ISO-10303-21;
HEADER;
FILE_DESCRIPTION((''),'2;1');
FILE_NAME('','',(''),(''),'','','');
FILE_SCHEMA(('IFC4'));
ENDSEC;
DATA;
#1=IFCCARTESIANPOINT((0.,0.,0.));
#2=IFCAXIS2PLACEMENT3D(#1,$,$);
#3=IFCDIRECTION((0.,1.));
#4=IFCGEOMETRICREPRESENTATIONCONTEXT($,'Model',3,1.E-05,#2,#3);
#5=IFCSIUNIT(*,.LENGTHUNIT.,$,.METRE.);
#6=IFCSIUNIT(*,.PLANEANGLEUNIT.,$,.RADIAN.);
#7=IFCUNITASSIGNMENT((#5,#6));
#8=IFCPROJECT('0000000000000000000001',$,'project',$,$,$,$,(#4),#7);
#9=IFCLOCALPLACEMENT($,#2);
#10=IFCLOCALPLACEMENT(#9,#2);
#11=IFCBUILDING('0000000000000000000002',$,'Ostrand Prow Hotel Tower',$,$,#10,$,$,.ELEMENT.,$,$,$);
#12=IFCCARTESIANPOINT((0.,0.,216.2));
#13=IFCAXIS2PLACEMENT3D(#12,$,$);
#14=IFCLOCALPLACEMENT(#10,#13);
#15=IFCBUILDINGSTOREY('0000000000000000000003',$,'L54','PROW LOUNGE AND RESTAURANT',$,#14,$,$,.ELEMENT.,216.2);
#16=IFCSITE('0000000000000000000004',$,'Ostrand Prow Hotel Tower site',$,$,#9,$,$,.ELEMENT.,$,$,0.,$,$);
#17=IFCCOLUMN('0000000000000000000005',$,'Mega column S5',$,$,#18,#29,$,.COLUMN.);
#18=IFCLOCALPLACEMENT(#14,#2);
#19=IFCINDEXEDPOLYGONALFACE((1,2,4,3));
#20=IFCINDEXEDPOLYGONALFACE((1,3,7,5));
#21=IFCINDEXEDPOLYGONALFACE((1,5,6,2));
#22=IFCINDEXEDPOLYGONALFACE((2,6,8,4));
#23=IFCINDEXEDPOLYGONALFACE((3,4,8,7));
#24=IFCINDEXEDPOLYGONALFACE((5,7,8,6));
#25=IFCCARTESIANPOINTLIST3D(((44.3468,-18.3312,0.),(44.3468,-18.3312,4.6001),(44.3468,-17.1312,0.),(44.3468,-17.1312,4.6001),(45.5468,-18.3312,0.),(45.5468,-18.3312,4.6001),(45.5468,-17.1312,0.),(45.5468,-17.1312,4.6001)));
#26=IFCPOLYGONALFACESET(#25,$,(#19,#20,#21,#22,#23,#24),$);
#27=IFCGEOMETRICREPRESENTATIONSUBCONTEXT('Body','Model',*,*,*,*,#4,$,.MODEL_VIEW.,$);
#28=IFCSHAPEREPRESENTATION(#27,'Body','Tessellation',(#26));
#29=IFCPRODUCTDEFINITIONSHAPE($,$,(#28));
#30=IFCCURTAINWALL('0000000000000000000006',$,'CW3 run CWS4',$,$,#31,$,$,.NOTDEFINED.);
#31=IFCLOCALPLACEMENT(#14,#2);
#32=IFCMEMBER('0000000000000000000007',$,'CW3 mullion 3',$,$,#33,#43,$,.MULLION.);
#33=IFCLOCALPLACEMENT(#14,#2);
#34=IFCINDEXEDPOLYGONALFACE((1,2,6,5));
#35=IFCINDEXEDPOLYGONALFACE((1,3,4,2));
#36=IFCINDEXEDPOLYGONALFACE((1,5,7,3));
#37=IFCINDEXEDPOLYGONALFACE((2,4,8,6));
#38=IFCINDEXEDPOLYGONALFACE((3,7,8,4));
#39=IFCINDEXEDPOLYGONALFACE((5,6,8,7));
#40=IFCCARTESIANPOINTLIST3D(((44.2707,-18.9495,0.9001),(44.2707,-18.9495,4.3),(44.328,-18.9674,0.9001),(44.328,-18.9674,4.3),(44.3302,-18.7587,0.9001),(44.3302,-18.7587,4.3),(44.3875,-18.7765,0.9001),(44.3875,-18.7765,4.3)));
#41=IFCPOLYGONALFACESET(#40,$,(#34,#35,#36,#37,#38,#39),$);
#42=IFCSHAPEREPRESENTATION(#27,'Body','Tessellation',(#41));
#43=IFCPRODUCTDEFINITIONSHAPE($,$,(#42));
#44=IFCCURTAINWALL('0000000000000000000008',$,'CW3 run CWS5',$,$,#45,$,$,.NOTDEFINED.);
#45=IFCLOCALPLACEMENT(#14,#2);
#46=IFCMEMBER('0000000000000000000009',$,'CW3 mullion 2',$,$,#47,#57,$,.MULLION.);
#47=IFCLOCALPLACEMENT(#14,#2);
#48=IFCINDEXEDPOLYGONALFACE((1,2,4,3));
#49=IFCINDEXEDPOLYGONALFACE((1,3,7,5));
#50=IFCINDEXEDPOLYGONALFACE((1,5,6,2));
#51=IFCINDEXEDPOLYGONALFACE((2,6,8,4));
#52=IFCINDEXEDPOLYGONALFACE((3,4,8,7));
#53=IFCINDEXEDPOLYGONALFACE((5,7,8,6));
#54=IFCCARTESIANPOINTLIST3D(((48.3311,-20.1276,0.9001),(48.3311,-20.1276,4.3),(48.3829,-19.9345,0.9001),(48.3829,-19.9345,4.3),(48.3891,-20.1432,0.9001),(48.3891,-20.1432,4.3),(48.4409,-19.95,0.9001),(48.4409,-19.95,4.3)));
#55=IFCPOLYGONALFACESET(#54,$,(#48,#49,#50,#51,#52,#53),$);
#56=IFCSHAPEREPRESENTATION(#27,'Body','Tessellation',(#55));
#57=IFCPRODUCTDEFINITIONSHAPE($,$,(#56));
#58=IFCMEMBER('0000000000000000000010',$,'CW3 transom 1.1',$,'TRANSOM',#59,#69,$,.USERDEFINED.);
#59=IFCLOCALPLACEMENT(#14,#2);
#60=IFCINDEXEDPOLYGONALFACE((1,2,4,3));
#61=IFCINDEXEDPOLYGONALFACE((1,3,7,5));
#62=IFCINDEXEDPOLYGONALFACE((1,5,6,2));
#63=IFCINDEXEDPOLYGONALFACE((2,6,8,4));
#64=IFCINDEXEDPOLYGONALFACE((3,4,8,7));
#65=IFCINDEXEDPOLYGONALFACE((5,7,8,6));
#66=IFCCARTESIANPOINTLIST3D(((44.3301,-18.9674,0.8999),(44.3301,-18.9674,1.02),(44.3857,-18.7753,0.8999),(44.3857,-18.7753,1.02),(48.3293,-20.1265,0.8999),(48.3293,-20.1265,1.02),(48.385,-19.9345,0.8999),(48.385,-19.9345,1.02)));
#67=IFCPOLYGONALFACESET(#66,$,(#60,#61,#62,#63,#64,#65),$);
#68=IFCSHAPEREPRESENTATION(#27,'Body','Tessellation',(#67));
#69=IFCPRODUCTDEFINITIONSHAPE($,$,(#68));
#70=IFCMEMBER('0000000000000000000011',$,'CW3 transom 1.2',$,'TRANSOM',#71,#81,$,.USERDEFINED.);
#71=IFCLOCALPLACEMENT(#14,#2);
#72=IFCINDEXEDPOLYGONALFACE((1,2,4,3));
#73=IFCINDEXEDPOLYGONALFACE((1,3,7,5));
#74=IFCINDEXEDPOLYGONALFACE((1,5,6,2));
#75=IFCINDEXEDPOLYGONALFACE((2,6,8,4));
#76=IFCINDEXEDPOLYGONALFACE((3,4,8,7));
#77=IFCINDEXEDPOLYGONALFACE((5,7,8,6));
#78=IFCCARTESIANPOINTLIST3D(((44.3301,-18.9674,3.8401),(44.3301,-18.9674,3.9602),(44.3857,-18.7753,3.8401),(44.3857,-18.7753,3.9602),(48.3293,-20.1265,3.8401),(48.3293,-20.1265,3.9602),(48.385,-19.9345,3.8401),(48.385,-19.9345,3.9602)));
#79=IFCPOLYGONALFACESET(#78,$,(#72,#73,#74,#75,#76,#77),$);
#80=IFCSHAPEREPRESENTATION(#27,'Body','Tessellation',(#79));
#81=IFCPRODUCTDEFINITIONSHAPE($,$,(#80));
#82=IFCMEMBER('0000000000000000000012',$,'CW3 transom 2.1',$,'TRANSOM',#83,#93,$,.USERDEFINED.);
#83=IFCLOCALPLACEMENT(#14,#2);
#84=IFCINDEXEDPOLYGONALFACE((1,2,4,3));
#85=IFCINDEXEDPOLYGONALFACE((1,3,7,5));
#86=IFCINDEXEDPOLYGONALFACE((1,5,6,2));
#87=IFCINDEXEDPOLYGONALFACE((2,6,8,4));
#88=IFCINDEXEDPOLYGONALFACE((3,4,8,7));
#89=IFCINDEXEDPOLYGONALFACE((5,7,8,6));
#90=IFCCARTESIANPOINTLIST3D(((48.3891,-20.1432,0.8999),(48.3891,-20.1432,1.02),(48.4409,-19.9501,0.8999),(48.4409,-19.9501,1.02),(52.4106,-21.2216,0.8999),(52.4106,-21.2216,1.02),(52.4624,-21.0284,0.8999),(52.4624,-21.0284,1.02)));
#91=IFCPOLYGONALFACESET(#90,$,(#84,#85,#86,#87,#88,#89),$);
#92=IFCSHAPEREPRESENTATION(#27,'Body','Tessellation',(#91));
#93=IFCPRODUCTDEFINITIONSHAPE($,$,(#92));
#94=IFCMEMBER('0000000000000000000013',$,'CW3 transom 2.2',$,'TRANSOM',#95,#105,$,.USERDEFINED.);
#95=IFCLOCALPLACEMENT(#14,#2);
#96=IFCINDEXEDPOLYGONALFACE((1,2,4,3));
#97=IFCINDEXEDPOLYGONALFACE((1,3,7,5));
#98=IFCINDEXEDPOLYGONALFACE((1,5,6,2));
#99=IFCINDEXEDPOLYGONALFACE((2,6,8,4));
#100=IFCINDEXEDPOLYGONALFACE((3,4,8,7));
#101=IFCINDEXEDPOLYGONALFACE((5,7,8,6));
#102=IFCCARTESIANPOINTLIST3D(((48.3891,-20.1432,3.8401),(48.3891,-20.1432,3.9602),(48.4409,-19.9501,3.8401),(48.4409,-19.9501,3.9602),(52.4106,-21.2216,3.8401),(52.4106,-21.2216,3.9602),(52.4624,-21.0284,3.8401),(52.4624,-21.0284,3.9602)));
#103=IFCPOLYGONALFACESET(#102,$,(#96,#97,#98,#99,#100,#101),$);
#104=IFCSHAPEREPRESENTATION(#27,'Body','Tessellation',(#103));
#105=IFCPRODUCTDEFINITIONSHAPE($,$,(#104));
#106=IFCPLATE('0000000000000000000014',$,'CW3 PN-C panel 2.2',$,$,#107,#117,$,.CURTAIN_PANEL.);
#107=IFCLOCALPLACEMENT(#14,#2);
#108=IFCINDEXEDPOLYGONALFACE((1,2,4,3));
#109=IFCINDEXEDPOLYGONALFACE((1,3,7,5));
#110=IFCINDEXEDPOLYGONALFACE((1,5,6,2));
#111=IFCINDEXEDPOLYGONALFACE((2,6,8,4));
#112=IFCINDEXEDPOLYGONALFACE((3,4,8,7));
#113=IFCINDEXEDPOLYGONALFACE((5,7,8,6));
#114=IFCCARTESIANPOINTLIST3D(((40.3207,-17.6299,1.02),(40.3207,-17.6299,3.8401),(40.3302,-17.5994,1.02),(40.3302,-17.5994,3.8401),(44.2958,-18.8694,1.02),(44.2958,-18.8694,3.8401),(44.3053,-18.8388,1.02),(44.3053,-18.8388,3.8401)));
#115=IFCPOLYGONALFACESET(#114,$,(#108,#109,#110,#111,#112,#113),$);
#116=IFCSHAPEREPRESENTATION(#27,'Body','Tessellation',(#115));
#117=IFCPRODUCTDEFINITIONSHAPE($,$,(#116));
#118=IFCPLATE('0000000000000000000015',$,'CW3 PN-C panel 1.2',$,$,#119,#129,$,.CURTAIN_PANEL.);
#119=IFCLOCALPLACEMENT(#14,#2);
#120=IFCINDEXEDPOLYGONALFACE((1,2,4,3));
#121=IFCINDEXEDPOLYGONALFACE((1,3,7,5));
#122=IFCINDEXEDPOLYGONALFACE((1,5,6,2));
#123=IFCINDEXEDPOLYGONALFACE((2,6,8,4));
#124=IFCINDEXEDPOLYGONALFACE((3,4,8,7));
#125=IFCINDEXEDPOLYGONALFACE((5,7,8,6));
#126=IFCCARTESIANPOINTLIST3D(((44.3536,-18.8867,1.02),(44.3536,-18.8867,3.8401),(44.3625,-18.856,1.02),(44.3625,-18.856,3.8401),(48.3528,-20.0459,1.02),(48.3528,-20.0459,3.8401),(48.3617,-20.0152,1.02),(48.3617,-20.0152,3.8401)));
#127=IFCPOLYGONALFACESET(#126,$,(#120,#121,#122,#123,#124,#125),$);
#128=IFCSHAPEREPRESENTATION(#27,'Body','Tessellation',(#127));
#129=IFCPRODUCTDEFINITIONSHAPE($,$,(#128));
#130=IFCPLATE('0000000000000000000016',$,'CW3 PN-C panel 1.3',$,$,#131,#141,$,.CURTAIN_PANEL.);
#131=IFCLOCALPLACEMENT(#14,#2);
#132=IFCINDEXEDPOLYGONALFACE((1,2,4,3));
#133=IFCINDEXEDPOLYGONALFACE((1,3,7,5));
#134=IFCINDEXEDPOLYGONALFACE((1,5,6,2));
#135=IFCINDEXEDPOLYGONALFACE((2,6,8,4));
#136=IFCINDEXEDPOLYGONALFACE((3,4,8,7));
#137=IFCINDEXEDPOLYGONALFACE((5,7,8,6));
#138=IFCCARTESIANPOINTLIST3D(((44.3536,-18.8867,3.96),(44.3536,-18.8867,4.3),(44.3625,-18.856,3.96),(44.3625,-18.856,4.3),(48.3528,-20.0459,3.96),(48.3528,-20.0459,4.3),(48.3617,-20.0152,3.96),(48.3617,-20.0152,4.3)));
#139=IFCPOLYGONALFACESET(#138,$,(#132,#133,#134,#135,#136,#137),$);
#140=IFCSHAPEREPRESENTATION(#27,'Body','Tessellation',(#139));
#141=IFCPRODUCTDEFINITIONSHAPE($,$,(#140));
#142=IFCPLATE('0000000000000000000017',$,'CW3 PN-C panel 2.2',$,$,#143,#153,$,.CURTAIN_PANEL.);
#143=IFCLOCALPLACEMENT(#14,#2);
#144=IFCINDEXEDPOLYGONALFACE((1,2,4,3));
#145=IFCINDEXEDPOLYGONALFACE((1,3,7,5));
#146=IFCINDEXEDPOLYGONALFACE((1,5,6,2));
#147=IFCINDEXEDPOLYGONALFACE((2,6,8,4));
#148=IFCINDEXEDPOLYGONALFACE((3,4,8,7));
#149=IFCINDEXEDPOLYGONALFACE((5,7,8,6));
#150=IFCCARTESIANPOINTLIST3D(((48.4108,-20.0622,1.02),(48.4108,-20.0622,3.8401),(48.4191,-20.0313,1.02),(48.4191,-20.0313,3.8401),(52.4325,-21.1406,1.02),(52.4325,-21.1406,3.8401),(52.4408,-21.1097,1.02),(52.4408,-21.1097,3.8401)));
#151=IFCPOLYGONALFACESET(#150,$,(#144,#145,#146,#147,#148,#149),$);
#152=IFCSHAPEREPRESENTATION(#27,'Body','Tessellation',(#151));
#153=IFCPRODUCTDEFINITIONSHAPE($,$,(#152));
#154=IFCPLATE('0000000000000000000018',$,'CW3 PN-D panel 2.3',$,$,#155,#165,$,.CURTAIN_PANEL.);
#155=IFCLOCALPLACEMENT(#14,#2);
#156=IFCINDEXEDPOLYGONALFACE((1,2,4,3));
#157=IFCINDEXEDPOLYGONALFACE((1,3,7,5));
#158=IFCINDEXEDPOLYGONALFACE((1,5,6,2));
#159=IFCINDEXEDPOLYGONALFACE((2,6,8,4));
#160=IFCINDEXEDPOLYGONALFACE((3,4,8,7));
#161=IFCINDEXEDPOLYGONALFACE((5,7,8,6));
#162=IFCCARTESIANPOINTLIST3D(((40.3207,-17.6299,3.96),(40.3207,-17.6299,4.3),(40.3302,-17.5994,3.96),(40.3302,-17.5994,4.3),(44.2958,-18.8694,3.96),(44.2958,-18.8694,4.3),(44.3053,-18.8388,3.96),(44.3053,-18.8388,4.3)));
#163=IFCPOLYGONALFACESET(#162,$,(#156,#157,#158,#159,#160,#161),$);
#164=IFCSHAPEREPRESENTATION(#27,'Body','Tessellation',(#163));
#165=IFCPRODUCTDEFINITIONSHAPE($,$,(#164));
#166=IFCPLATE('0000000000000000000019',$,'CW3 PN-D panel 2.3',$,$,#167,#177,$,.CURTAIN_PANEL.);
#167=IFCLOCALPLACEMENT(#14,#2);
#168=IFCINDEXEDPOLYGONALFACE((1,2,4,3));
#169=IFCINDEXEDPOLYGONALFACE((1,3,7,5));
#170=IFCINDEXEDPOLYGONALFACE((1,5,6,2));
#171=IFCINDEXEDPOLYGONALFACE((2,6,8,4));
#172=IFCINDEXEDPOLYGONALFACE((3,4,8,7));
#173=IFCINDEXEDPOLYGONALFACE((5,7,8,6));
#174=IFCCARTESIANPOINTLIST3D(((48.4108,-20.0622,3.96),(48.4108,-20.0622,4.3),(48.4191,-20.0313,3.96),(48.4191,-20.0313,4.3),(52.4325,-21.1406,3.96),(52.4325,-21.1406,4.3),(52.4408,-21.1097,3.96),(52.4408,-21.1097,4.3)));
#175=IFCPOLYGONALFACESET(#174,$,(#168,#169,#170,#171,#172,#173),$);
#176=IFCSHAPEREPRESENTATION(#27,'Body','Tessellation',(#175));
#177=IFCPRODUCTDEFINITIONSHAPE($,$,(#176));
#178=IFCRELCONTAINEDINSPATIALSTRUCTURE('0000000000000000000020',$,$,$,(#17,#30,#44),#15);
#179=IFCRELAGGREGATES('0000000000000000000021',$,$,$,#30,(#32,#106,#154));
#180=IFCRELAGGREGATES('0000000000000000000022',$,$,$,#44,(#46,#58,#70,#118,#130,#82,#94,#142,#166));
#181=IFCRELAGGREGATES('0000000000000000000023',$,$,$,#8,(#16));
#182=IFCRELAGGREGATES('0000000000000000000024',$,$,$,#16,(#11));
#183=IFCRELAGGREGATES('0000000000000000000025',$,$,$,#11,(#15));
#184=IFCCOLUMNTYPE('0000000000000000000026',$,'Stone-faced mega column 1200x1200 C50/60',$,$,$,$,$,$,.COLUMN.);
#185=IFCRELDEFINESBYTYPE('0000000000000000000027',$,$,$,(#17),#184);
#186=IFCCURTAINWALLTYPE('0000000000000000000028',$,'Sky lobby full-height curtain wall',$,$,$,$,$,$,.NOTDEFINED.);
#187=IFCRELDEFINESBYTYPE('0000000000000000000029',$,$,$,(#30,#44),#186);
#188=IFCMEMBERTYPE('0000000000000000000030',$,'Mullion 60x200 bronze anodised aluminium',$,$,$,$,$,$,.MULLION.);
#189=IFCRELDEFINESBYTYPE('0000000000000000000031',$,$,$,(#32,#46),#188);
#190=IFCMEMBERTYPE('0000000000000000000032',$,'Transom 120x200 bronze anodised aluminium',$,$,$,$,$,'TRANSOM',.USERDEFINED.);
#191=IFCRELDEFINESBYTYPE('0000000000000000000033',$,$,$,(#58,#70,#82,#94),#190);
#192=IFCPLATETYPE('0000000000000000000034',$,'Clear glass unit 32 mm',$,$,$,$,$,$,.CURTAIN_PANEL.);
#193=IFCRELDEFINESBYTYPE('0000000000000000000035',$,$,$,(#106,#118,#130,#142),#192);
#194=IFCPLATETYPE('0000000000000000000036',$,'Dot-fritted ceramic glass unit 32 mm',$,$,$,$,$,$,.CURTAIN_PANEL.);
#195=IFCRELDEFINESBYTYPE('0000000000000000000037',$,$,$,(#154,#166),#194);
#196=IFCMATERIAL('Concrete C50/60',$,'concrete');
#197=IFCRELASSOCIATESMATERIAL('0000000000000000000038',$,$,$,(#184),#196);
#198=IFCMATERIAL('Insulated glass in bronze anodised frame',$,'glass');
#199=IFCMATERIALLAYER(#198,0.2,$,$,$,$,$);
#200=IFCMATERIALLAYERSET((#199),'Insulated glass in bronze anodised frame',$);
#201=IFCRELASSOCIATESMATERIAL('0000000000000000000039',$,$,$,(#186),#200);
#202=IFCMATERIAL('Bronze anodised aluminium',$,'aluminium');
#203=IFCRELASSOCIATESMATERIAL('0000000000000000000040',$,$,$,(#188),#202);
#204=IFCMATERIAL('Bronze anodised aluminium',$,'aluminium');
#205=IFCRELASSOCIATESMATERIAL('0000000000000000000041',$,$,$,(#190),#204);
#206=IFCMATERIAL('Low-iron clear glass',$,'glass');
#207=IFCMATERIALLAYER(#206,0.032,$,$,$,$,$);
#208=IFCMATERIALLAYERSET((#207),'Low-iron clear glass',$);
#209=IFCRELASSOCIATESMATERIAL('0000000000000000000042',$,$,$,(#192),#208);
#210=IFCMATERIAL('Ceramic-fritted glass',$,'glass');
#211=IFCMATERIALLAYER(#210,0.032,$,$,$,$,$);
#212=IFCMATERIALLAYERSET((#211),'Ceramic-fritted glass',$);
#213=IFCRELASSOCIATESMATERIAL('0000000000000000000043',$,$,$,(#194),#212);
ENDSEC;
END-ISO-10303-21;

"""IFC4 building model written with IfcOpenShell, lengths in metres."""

from ifc_helpers import new_model, si_unit, direction, frame, origin, origin_2d, place, context, subcontext, project, spatial, rectangle, extrude, material, layer, layer_set, material_profile, profile_set, type_object, element, aggregate, save


model = new_model("IFC4")

# Units and contexts
model_context = context("Model", 3, precision=1e-05, world=origin(), true_north=direction((0.0, 1.0)))
body_context = subcontext(model_context, "Body", "Model", "MODEL_VIEW")
ifc_project = project(units=[si_unit("LENGTHUNIT", "METRE"), si_unit("PLANEANGLEUNIT", "RADIAN")], contexts=[model_context])

# Site, building, storey
site_placement = place(None, origin())
site = spatial("IfcSite", under=ifc_project, at=site_placement, Name="Ostrand Prow Hotel Tower site", CompositionType="ELEMENT", RefElevation=0.0)
building_placement = place(site_placement, origin())
building = spatial("IfcBuilding", under=site, at=building_placement, Name="Ostrand Prow Hotel Tower", CompositionType="ELEMENT")
storey_placement = place(building_placement, frame((0.0, 0.0, 216.2)))
storey = spatial("IfcBuildingStorey", under=building, at=storey_placement, Name="L54", Description="PROW LOUNGE AND RESTAURANT", CompositionType="ELEMENT", Elevation=216.2)

# Column
ifc_material_1 = material(Name="Concrete C50/60", Category="concrete")
ifc_material_profile_1 = material_profile(ifc_material_1, rectangle(XDim=1.2, YDim=1.2, at=origin_2d()), Name="RC 1200x1200")
ifc_profile_set_1 = profile_set([ifc_material_profile_1], Name="Concrete C50/60")
column_type = type_object("IfcColumnType", Name="Stone-faced mega column 1200x1200 C50/60", PredefinedType="COLUMN", material=ifc_profile_set_1)
column_placement = place(storey_placement, frame((44.9468, -17.7312, 0.0), z_axis=(0.0, 0.0, 1.0), x_axis=(1.0, 0.0, 0.0)))
element("IfcColumn", 1, at=column_placement, inside=storey, type_object=column_type, Name="Mega column S5", PredefinedType="COLUMN", context=body_context, shape_type="SweptSolid", body=[
    extrude(rectangle(XDim=1.2, YDim=1.2, at=origin_2d()), origin(), (0.0, 0.0, 1.0), 4.6001),
])

# Curtain wall, member
ifc_material_2 = material(Name="Insulated glass in bronze anodised frame", Category="glass")
ifc_layer_1 = layer(ifc_material_2, 0.2)
ifc_layer_set_1 = layer_set([ifc_layer_1], Name="Insulated glass in bronze anodised frame")
curtain_wall_type = type_object("IfcCurtainWallType", Name="Sky lobby full-height curtain wall", PredefinedType="NOTDEFINED", material=ifc_layer_set_1)
curtain_wall_1_placement = place(storey_placement, origin())
curtain_wall_1 = element("IfcCurtainWall", 2, at=curtain_wall_1_placement, inside=storey, type_object=curtain_wall_type, Name="CW3 run CWS4", PredefinedType="NOTDEFINED")
ifc_material_3 = material(Name="Bronze anodised aluminium", Category="aluminium")
ifc_material_profile_2 = material_profile(ifc_material_3, rectangle(XDim=0.2, YDim=0.0601, at=origin_2d()), Name="Mullion 60x200 bronze anodised aluminium")
ifc_profile_set_2 = profile_set([ifc_material_profile_2], Name="Bronze anodised aluminium")
member_type_1 = type_object("IfcMemberType", Name="Mullion 60x200 bronze anodised aluminium", PredefinedType="MULLION", material=ifc_profile_set_2)
member_1_placement = place(storey_placement, frame((44.3291, -18.863, 0.9001), z_axis=(0.0, 0.0, 1.0), x_axis=(0.297678, 0.954666, 0.0)))
member_1 = element("IfcMember", 3, at=member_1_placement, type_object=member_type_1, Name="CW3 mullion 3", PredefinedType="MULLION", context=body_context, shape_type="SweptSolid", body=[
    extrude(rectangle(XDim=0.2, YDim=0.0601, at=origin_2d()), origin(), (0.0, 0.0, 1.0), 3.3999),
])

# Curtain wall, members
curtain_wall_2_placement = place(storey_placement, origin())
curtain_wall_2 = element("IfcCurtainWall", 4, at=curtain_wall_2_placement, inside=storey, type_object=curtain_wall_type, Name="CW3 run CWS5", PredefinedType="NOTDEFINED")
member_2_placement = place(storey_placement, frame((48.386, -20.0388, 0.9001), z_axis=(0.0, 0.0, 1.0), x_axis=(0.258994, 0.965879, 0.0)))
member_2 = element("IfcMember", 5, at=member_2_placement, type_object=member_type_1, Name="CW3 mullion 2", PredefinedType="MULLION", context=body_context, shape_type="SweptSolid", body=[
    extrude(rectangle(XDim=0.2, YDim=0.0601, at=origin_2d()), origin(), (0.0, 0.0, 1.0), 3.3999),
])
ifc_material_4 = material(Name="Bronze anodised aluminium", Category="aluminium")
ifc_material_profile_3 = material_profile(ifc_material_4, rectangle(XDim=0.2, YDim=0.1201, at=origin_2d()), Name="Transom 120x200 bronze anodised aluminium")
ifc_profile_set_3 = profile_set([ifc_material_profile_3], Name="Bronze anodised aluminium")
member_type_2 = type_object("IfcMemberType", Name="Transom 120x200 bronze anodised aluminium", ElementType="TRANSOM", PredefinedType="USERDEFINED", material=ifc_profile_set_3)
member_3_placement = place(storey_placement, frame((44.3579, -18.8713, 0.96), z_axis=(0.960468, -0.27839, 0.0), x_axis=(0.27839, 0.960468, 0.0)))
member_3 = element("IfcMember", 6, at=member_3_placement, type_object=member_type_2, Name="CW3 transom 1.1", ObjectType="TRANSOM", PredefinedType="USERDEFINED", context=body_context, shape_type="SweptSolid", body=[
    extrude(rectangle(XDim=0.2, YDim=0.1201, at=origin_2d()), origin(), (0.0, 0.0, 1.0), 4.1638),
])
member_4_placement = place(storey_placement, frame((44.3579, -18.8713, 3.9001), z_axis=(0.960468, -0.27839, 0.0), x_axis=(0.27839, 0.960468, 0.0)))
member_4 = element("IfcMember", 7, at=member_4_placement, type_object=member_type_2, Name="CW3 transom 1.2", ObjectType="TRANSOM", PredefinedType="USERDEFINED", context=body_context, shape_type="SweptSolid", body=[
    extrude(rectangle(XDim=0.2, YDim=0.1201, at=origin_2d()), origin(), (0.0, 0.0, 1.0), 4.1638),
])
member_5_placement = place(storey_placement, frame((48.415, -20.0466, 0.96), z_axis=(0.965877, -0.259002, 0.0), x_axis=(0.259002, 0.965877, 0.0)))
member_5 = element("IfcMember", 8, at=member_5_placement, type_object=member_type_2, Name="CW3 transom 2.1", ObjectType="TRANSOM", PredefinedType="USERDEFINED", context=body_context, shape_type="SweptSolid", body=[
    extrude(rectangle(XDim=0.2, YDim=0.1201, at=origin_2d()), origin(), (0.0, 0.0, 1.0), 4.1636),
])
member_6_placement = place(storey_placement, frame((48.415, -20.0466, 3.9001), z_axis=(0.965877, -0.259002, 0.0), x_axis=(0.259002, 0.965877, 0.0)))
member_6 = element("IfcMember", 9, at=member_6_placement, type_object=member_type_2, Name="CW3 transom 2.2", ObjectType="TRANSOM", PredefinedType="USERDEFINED", context=body_context, shape_type="SweptSolid", body=[
    extrude(rectangle(XDim=0.2, YDim=0.1201, at=origin_2d()), origin(), (0.0, 0.0, 1.0), 4.1636),
])

# Plates
ifc_material_5 = material(Name="Low-iron clear glass", Category="glass")
ifc_layer_2 = layer(ifc_material_5, 0.032)
ifc_layer_set_2 = layer_set([ifc_layer_2], Name="Low-iron clear glass")
plate_type_1 = type_object("IfcPlateType", Name="Clear glass unit 32 mm", PredefinedType="CURTAIN_PANEL", material=ifc_layer_set_2)
plate_1_placement = place(storey_placement, frame((42.313, -18.2344, 1.02), z_axis=(0.0, 0.0, 1.0), x_axis=(0.954666, -0.297678, 0.0)))
plate_1 = element("IfcPlate", 10, at=plate_1_placement, type_object=plate_type_1, Name="CW3 PN-C panel 2.2", PredefinedType="CURTAIN_PANEL", context=body_context, shape_type="SweptSolid", body=[
    extrude(rectangle(XDim=4.1638, YDim=0.032, at=origin_2d()), origin(), (0.0, 0.0, 1.0), 2.8201),
])
plate_2_placement = place(storey_placement, frame((46.3577, -19.4509, 1.02), z_axis=(0.0, 0.0, 1.0), x_axis=(0.960467, -0.278393, 0.0)))
plate_2 = element("IfcPlate", 11, at=plate_2_placement, type_object=plate_type_1, Name="CW3 PN-C panel 1.2", PredefinedType="CURTAIN_PANEL", context=body_context, shape_type="SweptSolid", body=[
    extrude(rectangle(XDim=4.1638, YDim=0.032, at=origin_2d()), origin(), (0.0, 0.0, 1.0), 2.8201),
])
plate_3_placement = place(storey_placement, frame((46.3577, -19.4509, 3.96), z_axis=(0.0, 0.0, 1.0), x_axis=(0.960467, -0.278393, 0.0)))
plate_3 = element("IfcPlate", 12, at=plate_3_placement, type_object=plate_type_1, Name="CW3 PN-C panel 1.3", PredefinedType="CURTAIN_PANEL", context=body_context, shape_type="SweptSolid", body=[
    extrude(rectangle(XDim=4.1638, YDim=0.032, at=origin_2d()), origin(), (0.0, 0.0, 1.0), 0.3401),
])
plate_4_placement = place(storey_placement, frame((50.4258, -20.5859, 1.02), z_axis=(0.0, 0.0, 1.0), x_axis=(0.965879, -0.258994, 0.0)))
plate_4 = element("IfcPlate", 13, at=plate_4_placement, type_object=plate_type_1, Name="CW3 PN-C panel 2.2", PredefinedType="CURTAIN_PANEL", context=body_context, shape_type="SweptSolid", body=[
    extrude(rectangle(XDim=4.1638, YDim=0.032, at=origin_2d()), origin(), (0.0, 0.0, 1.0), 2.8201),
])
ifc_material_6 = material(Name="Ceramic-fritted glass", Category="glass")
ifc_layer_3 = layer(ifc_material_6, 0.032)
ifc_layer_set_3 = layer_set([ifc_layer_3], Name="Ceramic-fritted glass")
plate_type_2 = type_object("IfcPlateType", Name="Dot-fritted ceramic glass unit 32 mm", PredefinedType="CURTAIN_PANEL", material=ifc_layer_set_3)
plate_5_placement = place(storey_placement, frame((42.313, -18.2344, 3.96), z_axis=(0.0, 0.0, 1.0), x_axis=(0.954666, -0.297678, 0.0)))
plate_5 = element("IfcPlate", 14, at=plate_5_placement, type_object=plate_type_2, Name="CW3 PN-D panel 2.3", PredefinedType="CURTAIN_PANEL", context=body_context, shape_type="SweptSolid", body=[
    extrude(rectangle(XDim=4.1638, YDim=0.032, at=origin_2d()), origin(), (0.0, 0.0, 1.0), 0.3401),
])
aggregate(curtain_wall_1, [member_1, plate_1, plate_5])
plate_6_placement = place(storey_placement, frame((50.4258, -20.5859, 3.96), z_axis=(0.0, 0.0, 1.0), x_axis=(0.965879, -0.258994, 0.0)))
plate_6 = element("IfcPlate", 15, at=plate_6_placement, type_object=plate_type_2, Name="CW3 PN-D panel 2.3", PredefinedType="CURTAIN_PANEL", context=body_context, shape_type="SweptSolid", body=[
    extrude(rectangle(XDim=4.1638, YDim=0.032, at=origin_2d()), origin(), (0.0, 0.0, 1.0), 0.3401),
])
aggregate(curtain_wall_2, [member_2, member_3, member_4, plate_2, plate_3, member_5, member_6, plate_4, plate_6])

save(model, "model.ifc")
